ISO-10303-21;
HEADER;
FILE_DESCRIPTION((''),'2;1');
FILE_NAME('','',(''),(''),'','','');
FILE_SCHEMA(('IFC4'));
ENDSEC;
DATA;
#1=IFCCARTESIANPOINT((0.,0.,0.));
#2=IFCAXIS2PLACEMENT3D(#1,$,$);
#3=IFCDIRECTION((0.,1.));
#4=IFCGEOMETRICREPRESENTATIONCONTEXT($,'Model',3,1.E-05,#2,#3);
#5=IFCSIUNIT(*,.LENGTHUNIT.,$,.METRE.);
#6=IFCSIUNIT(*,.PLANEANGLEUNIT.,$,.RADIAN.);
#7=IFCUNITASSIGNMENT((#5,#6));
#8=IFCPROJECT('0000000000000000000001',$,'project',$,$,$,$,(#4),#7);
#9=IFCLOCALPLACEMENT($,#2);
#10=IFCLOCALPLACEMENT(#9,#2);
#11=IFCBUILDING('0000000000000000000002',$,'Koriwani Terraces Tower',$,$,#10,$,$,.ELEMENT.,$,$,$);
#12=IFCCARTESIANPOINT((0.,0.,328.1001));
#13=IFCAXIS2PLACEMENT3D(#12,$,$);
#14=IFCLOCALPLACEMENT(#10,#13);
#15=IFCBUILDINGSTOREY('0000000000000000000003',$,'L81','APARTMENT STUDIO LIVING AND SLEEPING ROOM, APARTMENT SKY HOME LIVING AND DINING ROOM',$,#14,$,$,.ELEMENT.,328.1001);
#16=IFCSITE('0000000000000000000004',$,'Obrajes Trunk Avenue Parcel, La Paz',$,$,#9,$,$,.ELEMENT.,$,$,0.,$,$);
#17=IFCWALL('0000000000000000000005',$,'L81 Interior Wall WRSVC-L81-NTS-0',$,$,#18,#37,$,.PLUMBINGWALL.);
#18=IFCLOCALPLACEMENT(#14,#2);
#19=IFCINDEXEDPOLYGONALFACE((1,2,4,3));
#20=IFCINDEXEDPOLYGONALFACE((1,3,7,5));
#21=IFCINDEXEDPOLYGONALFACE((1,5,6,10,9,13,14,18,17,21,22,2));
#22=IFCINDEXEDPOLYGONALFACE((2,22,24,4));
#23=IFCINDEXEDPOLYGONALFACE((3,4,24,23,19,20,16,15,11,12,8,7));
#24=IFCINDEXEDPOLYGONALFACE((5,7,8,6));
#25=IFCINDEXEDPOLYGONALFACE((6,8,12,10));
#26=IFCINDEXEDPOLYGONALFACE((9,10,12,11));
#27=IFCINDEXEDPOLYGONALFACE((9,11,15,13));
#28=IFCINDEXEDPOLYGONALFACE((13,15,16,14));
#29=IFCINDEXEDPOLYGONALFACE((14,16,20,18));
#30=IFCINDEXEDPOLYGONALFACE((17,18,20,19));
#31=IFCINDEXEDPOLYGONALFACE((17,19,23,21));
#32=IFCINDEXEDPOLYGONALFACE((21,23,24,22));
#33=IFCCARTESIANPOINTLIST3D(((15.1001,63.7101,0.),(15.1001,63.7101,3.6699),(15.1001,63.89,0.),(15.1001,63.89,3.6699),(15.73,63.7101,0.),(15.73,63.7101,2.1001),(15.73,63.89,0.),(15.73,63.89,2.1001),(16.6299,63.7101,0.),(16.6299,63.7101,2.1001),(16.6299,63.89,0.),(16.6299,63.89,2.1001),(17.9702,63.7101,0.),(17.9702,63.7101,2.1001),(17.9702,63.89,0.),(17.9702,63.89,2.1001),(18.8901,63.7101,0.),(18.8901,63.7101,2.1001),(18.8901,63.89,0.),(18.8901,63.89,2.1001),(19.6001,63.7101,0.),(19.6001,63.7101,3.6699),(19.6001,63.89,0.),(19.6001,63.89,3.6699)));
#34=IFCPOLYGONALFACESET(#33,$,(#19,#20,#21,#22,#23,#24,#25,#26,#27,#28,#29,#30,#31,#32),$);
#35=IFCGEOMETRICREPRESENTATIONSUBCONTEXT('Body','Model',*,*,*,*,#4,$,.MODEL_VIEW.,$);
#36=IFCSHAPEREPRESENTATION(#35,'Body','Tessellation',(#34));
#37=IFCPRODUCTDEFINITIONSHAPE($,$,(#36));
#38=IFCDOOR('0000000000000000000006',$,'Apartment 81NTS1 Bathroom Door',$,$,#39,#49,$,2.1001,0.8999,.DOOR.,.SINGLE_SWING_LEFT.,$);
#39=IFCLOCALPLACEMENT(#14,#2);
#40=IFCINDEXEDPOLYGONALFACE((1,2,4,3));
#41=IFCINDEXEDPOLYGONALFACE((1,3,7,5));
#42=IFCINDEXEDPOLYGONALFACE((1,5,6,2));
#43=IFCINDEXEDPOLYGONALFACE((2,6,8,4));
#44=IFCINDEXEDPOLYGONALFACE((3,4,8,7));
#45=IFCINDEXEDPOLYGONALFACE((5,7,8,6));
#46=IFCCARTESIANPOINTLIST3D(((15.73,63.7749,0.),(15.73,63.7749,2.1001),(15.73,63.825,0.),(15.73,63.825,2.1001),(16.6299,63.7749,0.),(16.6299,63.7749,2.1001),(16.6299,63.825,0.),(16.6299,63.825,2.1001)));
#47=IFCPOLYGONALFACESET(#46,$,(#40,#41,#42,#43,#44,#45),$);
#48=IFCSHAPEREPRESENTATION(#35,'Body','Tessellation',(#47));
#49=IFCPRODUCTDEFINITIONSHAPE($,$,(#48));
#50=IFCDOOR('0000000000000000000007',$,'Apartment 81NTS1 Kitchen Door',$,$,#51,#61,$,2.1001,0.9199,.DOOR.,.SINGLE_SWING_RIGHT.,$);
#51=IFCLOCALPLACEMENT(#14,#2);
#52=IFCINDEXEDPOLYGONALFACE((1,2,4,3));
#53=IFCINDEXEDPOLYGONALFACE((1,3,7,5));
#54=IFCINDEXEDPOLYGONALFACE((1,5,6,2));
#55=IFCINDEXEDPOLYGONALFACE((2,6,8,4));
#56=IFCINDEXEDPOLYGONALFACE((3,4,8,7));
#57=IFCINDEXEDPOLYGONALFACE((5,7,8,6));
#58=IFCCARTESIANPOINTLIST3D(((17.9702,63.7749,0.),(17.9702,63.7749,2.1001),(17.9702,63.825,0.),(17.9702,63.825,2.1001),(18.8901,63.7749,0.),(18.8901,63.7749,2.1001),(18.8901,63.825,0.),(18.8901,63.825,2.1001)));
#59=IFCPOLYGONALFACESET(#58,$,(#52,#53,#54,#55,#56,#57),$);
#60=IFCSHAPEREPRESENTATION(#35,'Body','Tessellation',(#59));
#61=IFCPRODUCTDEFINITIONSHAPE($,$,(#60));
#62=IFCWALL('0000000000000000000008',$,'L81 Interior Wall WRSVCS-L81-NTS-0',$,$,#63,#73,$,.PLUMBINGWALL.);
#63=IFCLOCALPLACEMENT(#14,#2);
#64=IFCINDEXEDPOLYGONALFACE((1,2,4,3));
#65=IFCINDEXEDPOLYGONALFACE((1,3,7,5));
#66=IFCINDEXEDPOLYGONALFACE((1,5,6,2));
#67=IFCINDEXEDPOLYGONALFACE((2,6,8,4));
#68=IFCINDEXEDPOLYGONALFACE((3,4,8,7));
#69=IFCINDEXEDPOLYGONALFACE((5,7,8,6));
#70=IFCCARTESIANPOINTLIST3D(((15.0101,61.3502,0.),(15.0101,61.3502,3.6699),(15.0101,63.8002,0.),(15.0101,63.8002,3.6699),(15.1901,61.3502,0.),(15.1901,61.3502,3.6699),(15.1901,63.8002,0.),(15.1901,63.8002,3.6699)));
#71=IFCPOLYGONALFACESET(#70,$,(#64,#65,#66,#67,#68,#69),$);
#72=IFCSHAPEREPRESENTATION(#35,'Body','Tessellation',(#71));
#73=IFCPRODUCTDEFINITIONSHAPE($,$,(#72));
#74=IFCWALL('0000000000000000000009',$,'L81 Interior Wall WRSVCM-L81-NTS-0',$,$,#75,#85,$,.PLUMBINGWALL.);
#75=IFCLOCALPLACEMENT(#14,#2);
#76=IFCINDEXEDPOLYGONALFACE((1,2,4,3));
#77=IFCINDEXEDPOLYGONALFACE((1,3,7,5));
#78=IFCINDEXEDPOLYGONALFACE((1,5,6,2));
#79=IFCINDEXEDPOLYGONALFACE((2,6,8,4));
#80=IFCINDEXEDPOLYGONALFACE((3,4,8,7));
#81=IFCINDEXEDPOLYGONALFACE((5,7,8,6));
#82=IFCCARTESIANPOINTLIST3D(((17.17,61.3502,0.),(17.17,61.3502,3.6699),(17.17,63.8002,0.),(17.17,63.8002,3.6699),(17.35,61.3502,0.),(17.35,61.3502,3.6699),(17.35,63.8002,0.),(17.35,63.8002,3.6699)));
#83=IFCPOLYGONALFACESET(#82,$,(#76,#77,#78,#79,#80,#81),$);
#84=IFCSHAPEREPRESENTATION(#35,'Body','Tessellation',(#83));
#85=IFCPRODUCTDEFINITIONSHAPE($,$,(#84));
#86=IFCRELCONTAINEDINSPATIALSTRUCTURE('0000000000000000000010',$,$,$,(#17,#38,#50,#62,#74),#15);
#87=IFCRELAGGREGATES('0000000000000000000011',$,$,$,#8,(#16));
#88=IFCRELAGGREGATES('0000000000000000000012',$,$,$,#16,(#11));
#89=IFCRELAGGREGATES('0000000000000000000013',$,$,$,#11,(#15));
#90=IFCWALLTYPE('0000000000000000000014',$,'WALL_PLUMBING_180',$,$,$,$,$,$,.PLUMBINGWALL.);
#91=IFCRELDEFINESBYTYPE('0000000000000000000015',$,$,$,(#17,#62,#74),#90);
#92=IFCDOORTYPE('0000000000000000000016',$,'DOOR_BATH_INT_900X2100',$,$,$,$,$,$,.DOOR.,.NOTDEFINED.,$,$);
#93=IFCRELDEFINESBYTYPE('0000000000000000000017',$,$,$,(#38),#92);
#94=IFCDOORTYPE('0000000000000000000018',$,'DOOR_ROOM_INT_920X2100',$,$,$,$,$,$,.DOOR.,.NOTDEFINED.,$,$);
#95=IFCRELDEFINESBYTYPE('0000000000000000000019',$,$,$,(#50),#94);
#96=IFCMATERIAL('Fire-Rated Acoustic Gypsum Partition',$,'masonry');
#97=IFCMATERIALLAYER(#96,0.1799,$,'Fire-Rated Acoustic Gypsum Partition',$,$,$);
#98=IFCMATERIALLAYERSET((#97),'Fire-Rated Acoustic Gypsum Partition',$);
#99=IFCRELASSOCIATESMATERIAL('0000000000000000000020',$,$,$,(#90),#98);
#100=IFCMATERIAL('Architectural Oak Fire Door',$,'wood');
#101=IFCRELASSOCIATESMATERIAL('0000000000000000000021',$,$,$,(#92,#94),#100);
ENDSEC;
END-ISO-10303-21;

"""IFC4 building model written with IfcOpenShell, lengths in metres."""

from ifc_helpers import new_model, si_unit, direction, frame, frame_2d, origin, place, context, subcontext, project, spatial, rectangle, extrude, material, layer, layer_set, type_object, element, fill, save


model = new_model("IFC4")

# Units and contexts
model_context = context("Model", 3, precision=1e-05, world=origin(), true_north=direction((0.0, 1.0)))
body_context = subcontext(model_context, "Body", "Model", "MODEL_VIEW")
ifc_project = project(units=[si_unit("LENGTHUNIT", "METRE"), si_unit("PLANEANGLEUNIT", "RADIAN")], contexts=[model_context])

# Site, building, storey
site_placement = place(None, origin())
site = spatial("IfcSite", under=ifc_project, at=site_placement, Name="Obrajes Trunk Avenue Parcel, La Paz", CompositionType="ELEMENT", RefElevation=0.0)
building_placement = place(site_placement, origin())
building = spatial("IfcBuilding", under=site, at=building_placement, Name="Koriwani Terraces Tower", CompositionType="ELEMENT")
storey_placement = place(building_placement, frame((0.0, 0.0, 328.1001)))
storey = spatial("IfcBuildingStorey", under=building, at=storey_placement, Name="L81", Description="APARTMENT STUDIO LIVING AND SLEEPING ROOM, APARTMENT SKY HOME LIVING AND DINING ROOM", CompositionType="ELEMENT", Elevation=328.1001)

# Shared definitions
ifc_material_1 = material(Name="Architectural Oak Fire Door", Category="wood")

# Wall, openings, doors
ifc_material_2 = material(Name="Fire-Rated Acoustic Gypsum Partition", Category="masonry")
ifc_layer_1 = layer(ifc_material_2, 0.1799, Name="Fire-Rated Acoustic Gypsum Partition")
ifc_layer_set_1 = layer_set([ifc_layer_1], Name="Fire-Rated Acoustic Gypsum Partition")
wall_type_1 = type_object("IfcWallType", Name="WALL_PLUMBING_180", PredefinedType="PLUMBINGWALL", material=ifc_layer_set_1)
wall_1_placement = place(storey_placement, frame((15.1001, 63.8, 0.0), z_axis=(0.0, 0.0, 1.0), x_axis=(1.0, 0.0, 0.0)))
wall_1 = element("IfcWall", 1, at=wall_1_placement, inside=storey, type_object=wall_type_1, Name="L81 Interior Wall WRSVC-L81-NTS-0", PredefinedType="PLUMBINGWALL", context=body_context, shape_type="SweptSolid", body=[
    extrude(rectangle(XDim=4.5, YDim=0.1799, at=frame_2d((2.25, 0.0))), origin(), (0.0, 0.0, 1.0), 3.6699),
])
opening_1_placement = place(wall_1_placement, frame((0.6299, 0.0, 0.0)))
opening_1 = element("IfcOpeningElement", 2, at=opening_1_placement, cuts=wall_1, PredefinedType="OPENING", context=body_context, shape_type="SweptSolid", body=[
    extrude(rectangle(XDim=0.8999, YDim=2.1001, at=frame_2d((0.45, 1.05))), frame((0.0, 0.1001, 0.0), z_axis=(0.0, -1.0, 0.0), x_axis=(1.0, 0.0, 0.0)), (0.0, 0.0, 1.0), 0.2),
])
opening_2_placement = place(wall_1_placement, frame((2.8701, 0.0, 0.0)))
opening_2 = element("IfcOpeningElement", 3, at=opening_2_placement, cuts=wall_1, PredefinedType="OPENING", context=body_context, shape_type="SweptSolid", body=[
    extrude(rectangle(XDim=0.9199, YDim=2.1001, at=frame_2d((0.46, 1.05))), frame((0.0, 0.1001, 0.0), z_axis=(0.0, -1.0, 0.0), x_axis=(1.0, 0.0, 0.0)), (0.0, 0.0, 1.0), 0.2),
])
door_type_1 = type_object("IfcDoorType", Name="DOOR_BATH_INT_900X2100", OperationType="NOTDEFINED", PredefinedType="DOOR", material=ifc_material_1)
door_1_placement = place(opening_1_placement, origin())
door_1 = element("IfcDoor", 4, at=door_1_placement, inside=storey, type_object=door_type_1, Name="Apartment 81NTS1 Bathroom Door", OperationType="SINGLE_SWING_LEFT", OverallHeight=2.1001, OverallWidth=0.8999, PredefinedType="DOOR", context=body_context, shape_type="SweptSolid", body=[
    extrude(rectangle(XDim=0.8999, YDim=2.1001, at=frame_2d((0.45, 1.05))), frame((0.0, 0.0249, 0.0), z_axis=(0.0, -1.0, 0.0), x_axis=(1.0, 0.0, 0.0)), (0.0, 0.0, 1.0), 0.05),
])
fill(opening_1, door_1)
door_type_2 = type_object("IfcDoorType", Name="DOOR_ROOM_INT_920X2100", OperationType="NOTDEFINED", PredefinedType="DOOR", material=ifc_material_1)
door_2_placement = place(opening_2_placement, origin())
door_2 = element("IfcDoor", 5, at=door_2_placement, inside=storey, type_object=door_type_2, Name="Apartment 81NTS1 Kitchen Door", OperationType="SINGLE_SWING_RIGHT", OverallHeight=2.1001, OverallWidth=0.9199, PredefinedType="DOOR", context=body_context, shape_type="SweptSolid", body=[
    extrude(rectangle(XDim=0.9199, YDim=2.1001, at=frame_2d((0.46, 1.05))), frame((0.0, 0.0249, 0.0), z_axis=(0.0, -1.0, 0.0), x_axis=(1.0, 0.0, 0.0)), (0.0, 0.0, 1.0), 0.05),
])
fill(opening_2, door_2)

# Walls
for number, where, z_axis, x_axis, name in (
    (6, (15.1001, 61.3501, 0.0), (0.0, 0.0, 1.0), (0.0, 1.0, 0.0), "L81 Interior Wall WRSVCS-L81-NTS-0"),
    (7, (17.26, 61.3501, 0.0), (0.0, 0.0, 1.0), (0.0, 1.0, 0.0), "L81 Interior Wall WRSVCM-L81-NTS-0"),
):
    element("IfcWall", number, at=place(storey_placement, frame(where, z_axis=z_axis, x_axis=x_axis)), inside=storey, type_object=wall_type_1, Name=name, PredefinedType="PLUMBINGWALL", context=body_context, shape_type="SweptSolid", body=[
        extrude(rectangle(XDim=2.45, YDim=0.1799, at=frame_2d((1.2251, 0.0))), origin(), (0.0, 0.0, 1.0), 3.6699),
    ])

save(model, "model.ifc")
